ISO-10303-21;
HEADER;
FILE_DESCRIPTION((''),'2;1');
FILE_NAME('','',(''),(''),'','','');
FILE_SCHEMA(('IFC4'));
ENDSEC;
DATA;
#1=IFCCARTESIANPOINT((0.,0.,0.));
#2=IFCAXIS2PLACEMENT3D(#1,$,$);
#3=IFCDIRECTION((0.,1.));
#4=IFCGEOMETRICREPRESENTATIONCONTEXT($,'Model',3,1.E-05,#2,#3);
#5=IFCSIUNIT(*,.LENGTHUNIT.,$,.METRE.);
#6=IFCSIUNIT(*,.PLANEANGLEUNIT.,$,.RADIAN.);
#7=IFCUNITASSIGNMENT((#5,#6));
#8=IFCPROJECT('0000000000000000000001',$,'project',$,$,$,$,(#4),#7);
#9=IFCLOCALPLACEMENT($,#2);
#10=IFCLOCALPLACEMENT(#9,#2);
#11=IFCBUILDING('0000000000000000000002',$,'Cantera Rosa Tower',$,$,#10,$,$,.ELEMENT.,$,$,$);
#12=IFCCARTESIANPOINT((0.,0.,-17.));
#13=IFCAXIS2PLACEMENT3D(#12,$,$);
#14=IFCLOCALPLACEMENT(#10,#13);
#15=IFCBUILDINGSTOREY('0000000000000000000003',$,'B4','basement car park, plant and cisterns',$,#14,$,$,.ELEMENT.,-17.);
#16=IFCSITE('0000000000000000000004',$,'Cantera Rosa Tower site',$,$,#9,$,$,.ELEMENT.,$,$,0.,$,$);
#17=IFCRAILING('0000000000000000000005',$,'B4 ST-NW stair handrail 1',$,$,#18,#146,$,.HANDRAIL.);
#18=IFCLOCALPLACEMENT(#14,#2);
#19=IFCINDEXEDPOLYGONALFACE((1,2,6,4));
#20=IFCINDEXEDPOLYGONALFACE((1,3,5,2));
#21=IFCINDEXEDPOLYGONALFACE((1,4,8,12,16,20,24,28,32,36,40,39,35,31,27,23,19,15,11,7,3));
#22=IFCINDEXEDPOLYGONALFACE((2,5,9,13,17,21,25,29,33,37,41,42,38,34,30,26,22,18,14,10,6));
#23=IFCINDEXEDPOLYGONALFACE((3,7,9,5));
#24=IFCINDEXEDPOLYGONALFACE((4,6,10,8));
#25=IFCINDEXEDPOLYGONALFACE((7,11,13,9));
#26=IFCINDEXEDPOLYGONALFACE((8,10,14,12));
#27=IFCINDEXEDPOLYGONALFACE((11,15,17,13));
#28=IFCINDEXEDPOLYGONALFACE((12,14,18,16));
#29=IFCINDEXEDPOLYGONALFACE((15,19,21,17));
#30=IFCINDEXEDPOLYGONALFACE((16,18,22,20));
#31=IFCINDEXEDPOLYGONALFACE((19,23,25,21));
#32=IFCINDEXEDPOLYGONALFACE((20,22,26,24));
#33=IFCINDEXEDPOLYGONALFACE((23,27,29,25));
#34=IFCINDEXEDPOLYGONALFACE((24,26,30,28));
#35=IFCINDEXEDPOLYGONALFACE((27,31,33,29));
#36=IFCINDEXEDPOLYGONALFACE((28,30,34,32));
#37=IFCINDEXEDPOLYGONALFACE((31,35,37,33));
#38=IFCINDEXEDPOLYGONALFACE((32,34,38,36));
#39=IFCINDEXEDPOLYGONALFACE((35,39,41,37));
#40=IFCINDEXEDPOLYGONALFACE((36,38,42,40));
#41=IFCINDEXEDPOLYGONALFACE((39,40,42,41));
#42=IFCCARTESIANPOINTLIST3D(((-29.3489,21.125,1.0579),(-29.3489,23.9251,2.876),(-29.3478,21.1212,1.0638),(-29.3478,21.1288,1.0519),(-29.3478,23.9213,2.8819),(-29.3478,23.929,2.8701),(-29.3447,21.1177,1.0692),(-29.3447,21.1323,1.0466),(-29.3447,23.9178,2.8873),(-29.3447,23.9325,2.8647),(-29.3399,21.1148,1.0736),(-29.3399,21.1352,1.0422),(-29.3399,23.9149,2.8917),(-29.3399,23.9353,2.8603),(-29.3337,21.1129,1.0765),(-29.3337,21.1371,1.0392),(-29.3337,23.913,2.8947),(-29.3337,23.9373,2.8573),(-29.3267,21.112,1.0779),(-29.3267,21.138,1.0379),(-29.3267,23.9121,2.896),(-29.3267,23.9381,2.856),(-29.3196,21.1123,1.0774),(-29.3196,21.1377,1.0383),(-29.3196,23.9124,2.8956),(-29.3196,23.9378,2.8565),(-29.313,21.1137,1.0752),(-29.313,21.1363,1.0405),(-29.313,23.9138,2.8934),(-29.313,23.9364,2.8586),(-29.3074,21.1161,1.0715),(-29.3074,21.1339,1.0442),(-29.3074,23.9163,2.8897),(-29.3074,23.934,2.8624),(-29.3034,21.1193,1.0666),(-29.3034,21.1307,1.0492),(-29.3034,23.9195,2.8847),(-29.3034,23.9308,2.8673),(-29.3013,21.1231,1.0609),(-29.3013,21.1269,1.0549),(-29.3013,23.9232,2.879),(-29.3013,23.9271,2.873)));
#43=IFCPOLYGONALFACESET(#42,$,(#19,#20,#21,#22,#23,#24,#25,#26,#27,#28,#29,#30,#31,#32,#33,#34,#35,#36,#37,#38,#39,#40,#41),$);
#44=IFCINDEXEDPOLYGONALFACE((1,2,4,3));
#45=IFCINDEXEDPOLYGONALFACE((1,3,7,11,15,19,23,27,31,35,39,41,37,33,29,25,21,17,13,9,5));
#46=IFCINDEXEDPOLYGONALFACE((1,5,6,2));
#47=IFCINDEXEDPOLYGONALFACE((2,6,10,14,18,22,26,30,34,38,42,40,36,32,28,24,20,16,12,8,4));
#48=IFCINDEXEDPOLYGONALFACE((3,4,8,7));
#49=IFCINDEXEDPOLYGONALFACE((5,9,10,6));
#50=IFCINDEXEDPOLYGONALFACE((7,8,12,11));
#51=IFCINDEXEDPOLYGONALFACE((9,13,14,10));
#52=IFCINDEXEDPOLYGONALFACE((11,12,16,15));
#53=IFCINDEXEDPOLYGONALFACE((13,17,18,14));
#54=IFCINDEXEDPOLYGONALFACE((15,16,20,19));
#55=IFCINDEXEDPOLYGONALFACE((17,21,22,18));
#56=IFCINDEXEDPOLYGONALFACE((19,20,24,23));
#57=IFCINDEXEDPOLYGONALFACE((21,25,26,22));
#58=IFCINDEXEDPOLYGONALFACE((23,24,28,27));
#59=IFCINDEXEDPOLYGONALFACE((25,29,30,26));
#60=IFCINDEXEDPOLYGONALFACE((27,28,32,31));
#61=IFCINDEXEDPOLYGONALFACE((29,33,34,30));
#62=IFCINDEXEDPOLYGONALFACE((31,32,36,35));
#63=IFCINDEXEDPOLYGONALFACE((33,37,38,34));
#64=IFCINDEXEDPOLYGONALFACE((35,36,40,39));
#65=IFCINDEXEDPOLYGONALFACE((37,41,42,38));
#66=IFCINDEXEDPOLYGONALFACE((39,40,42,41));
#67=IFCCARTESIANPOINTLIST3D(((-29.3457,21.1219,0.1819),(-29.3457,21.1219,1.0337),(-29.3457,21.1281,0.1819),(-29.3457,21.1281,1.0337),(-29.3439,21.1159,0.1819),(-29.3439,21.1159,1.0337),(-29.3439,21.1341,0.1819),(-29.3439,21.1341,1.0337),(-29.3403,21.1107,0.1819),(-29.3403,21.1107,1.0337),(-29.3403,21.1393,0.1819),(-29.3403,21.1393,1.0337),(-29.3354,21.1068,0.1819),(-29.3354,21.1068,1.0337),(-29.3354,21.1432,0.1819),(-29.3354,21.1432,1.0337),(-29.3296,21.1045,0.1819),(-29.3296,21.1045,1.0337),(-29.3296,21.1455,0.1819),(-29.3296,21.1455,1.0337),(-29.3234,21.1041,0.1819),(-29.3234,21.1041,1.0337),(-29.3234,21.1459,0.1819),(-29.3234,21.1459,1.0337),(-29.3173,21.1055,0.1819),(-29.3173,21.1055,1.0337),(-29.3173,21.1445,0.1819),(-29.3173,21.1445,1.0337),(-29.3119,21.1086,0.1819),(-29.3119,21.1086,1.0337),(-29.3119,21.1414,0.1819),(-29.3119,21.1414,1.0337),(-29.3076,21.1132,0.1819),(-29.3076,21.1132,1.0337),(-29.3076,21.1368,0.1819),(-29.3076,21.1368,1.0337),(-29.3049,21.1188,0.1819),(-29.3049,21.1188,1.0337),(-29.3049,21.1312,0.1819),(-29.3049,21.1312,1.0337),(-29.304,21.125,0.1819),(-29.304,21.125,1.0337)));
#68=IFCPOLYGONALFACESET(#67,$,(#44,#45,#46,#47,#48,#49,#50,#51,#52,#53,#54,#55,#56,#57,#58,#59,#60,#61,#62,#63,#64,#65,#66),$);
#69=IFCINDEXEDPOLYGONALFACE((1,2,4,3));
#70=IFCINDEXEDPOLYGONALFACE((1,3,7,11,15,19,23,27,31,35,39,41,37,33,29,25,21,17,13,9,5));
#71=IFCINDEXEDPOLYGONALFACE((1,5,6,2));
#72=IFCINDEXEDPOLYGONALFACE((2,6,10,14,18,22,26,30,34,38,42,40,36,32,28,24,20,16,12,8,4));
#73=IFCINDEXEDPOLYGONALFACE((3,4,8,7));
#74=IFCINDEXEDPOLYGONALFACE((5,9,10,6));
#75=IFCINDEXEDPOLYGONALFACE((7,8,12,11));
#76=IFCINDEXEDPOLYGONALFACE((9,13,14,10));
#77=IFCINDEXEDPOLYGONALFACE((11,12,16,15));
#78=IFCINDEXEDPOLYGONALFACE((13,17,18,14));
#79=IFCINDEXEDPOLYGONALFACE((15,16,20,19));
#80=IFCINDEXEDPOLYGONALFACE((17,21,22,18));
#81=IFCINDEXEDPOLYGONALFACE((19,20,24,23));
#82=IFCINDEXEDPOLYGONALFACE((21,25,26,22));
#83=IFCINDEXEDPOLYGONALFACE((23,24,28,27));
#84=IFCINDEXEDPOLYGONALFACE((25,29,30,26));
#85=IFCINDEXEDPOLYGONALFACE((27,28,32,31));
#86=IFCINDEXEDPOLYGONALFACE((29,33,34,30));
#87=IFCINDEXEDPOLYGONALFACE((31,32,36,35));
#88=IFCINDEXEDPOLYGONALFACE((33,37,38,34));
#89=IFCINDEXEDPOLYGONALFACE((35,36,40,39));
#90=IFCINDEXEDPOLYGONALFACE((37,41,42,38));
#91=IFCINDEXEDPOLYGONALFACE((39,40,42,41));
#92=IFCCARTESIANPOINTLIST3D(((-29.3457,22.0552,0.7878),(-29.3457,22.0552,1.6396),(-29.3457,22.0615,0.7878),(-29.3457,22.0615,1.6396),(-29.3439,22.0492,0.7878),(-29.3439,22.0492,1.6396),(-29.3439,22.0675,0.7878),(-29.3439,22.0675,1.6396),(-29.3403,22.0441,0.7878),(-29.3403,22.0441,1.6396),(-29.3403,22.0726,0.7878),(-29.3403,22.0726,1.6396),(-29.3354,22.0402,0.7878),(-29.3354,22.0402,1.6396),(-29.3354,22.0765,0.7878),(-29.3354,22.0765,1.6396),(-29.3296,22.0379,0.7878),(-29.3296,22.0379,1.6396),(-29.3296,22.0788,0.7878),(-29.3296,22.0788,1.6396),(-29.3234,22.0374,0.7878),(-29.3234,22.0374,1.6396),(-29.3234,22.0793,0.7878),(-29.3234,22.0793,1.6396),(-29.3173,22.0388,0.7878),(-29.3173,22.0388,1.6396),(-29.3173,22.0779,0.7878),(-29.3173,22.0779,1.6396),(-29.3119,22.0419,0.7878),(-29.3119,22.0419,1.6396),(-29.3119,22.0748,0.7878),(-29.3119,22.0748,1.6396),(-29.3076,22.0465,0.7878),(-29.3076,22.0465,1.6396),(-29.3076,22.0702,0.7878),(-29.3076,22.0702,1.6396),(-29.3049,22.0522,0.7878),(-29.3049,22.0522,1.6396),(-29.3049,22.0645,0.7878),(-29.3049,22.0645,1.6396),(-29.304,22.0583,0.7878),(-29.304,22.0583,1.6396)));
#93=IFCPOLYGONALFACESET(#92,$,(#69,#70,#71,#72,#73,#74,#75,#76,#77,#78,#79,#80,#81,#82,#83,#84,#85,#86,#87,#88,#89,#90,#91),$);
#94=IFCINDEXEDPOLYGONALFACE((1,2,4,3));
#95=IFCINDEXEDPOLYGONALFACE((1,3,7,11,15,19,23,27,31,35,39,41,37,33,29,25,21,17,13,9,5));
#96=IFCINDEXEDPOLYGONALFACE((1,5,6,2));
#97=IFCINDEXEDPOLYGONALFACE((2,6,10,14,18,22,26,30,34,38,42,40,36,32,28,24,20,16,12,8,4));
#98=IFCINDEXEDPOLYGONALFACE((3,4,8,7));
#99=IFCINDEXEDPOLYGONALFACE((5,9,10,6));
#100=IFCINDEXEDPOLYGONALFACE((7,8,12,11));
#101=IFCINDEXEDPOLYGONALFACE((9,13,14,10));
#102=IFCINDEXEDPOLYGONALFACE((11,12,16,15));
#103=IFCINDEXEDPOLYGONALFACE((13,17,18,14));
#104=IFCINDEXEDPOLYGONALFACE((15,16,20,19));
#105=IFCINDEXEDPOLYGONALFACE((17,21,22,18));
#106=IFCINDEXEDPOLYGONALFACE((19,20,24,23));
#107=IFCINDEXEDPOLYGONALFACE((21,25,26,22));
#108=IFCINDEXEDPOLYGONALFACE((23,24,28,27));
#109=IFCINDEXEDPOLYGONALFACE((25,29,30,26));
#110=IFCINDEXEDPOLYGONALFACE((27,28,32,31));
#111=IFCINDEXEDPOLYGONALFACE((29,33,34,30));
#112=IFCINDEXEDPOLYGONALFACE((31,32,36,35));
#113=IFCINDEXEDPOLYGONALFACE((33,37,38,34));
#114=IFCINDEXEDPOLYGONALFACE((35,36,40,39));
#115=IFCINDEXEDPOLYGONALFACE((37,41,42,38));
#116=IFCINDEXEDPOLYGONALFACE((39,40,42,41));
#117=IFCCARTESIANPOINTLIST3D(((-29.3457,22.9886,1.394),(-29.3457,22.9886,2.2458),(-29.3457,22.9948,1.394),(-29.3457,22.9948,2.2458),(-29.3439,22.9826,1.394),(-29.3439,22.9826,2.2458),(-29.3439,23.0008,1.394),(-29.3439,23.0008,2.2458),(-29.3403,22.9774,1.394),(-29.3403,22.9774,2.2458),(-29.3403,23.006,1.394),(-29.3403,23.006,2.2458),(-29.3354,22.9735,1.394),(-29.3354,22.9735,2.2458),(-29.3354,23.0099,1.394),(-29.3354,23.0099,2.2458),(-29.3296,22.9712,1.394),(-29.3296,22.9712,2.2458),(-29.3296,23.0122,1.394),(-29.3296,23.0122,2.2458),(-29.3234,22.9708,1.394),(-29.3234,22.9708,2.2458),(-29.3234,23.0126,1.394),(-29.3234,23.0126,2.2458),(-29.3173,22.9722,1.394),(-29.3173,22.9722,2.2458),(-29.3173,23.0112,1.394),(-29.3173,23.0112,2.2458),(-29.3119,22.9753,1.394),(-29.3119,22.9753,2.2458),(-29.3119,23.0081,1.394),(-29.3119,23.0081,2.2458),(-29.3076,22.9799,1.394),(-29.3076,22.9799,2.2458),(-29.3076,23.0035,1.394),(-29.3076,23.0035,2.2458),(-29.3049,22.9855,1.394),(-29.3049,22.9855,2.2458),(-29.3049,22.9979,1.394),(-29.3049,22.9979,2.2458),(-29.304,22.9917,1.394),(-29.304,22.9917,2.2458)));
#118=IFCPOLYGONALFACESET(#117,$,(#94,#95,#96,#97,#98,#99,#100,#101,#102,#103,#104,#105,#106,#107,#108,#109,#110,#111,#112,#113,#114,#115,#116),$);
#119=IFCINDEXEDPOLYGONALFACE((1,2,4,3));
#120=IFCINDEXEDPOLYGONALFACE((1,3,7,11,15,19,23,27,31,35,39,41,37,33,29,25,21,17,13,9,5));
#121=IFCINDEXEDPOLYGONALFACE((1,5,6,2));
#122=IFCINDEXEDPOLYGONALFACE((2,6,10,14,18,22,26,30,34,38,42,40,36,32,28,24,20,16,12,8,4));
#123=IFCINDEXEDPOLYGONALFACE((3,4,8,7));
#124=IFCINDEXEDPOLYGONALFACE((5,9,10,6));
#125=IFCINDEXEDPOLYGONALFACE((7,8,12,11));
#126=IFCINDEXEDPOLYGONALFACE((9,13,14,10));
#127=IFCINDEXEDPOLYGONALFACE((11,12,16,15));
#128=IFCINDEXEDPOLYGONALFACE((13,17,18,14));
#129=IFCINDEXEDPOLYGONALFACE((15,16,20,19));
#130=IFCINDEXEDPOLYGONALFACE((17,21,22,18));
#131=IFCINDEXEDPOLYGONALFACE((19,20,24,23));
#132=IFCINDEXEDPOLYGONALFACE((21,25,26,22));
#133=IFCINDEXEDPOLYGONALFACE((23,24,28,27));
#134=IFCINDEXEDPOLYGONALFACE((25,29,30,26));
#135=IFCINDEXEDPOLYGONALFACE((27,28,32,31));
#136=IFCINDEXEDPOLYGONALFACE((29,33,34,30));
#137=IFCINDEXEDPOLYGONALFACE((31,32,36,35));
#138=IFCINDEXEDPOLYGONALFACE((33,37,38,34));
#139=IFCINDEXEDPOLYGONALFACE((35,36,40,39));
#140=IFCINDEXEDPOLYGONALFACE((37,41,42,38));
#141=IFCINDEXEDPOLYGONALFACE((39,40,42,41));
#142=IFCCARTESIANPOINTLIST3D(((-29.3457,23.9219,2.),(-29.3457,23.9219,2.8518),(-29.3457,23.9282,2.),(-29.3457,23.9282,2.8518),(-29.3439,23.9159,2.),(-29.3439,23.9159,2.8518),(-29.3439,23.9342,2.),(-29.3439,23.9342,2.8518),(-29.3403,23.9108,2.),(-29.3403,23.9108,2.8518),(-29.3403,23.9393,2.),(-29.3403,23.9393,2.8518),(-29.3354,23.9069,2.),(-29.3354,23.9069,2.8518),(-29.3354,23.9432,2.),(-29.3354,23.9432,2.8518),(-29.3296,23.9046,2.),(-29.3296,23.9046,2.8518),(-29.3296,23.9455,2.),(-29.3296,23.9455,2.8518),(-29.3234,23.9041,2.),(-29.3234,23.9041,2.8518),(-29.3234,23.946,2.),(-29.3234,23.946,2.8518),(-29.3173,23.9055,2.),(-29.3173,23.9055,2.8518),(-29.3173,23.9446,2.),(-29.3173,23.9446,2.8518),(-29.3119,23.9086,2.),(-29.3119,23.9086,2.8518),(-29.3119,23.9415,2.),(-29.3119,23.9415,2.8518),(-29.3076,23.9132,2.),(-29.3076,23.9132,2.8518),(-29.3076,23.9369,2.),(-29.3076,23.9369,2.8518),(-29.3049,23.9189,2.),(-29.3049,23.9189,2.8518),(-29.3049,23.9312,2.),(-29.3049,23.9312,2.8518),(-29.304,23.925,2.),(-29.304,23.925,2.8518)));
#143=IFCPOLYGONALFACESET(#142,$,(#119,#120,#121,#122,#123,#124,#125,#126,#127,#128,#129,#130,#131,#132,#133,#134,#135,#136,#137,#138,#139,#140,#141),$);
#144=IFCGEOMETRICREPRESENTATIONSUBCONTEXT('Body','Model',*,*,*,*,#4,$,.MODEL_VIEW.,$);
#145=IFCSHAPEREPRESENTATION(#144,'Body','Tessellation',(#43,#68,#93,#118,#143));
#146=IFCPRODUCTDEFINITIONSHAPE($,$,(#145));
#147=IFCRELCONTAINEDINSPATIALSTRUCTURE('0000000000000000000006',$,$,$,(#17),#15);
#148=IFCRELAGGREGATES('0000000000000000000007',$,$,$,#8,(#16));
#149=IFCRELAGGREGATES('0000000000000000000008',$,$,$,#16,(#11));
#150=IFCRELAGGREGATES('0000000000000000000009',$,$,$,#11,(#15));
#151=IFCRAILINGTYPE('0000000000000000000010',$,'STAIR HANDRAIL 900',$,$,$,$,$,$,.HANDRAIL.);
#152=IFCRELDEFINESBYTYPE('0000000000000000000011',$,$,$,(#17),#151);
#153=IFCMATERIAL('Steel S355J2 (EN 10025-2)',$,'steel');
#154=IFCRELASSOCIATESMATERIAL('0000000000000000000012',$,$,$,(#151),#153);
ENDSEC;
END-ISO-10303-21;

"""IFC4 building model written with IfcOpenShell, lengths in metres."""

from ifc_helpers import new_model, si_unit, direction, frame, origin, origin_2d, place, context, subcontext, project, spatial, circle, extrude, material, type_object, element, save


model = new_model("IFC4")

# Units and contexts
model_context = context("Model", 3, precision=1e-05, world=origin(), true_north=direction((0.0, 1.0)))
body_context = subcontext(model_context, "Body", "Model", "MODEL_VIEW")
ifc_project = project(units=[si_unit("LENGTHUNIT", "METRE"), si_unit("PLANEANGLEUNIT", "RADIAN")], contexts=[model_context])

# Site, building, storey
site_placement = place(None, origin())
site = spatial("IfcSite", under=ifc_project, at=site_placement, Name="Cantera Rosa Tower site", CompositionType="ELEMENT", RefElevation=0.0)
building_placement = place(site_placement, origin())
building = spatial("IfcBuilding", under=site, at=building_placement, Name="Cantera Rosa Tower", CompositionType="ELEMENT")
storey_placement = place(building_placement, frame((0.0, 0.0, -17.0)))
storey = spatial("IfcBuildingStorey", under=building, at=storey_placement, Name="B4", Description="basement car park, plant and cisterns", CompositionType="ELEMENT", Elevation=-17.0)

# Railing
ifc_material_1 = material(Name="Steel S355J2 (EN 10025-2)", Category="steel")
railing_type_1 = type_object("IfcRailingType", Name="STAIR HANDRAIL 900", PredefinedType="HANDRAIL", material=ifc_material_1)
railing_1_placement = place(storey_placement, frame((-29.325, 21.125, 0.1819)))
element("IfcRailing", 1, at=railing_1_placement, inside=storey, type_object=railing_type_1, Name="B4 ST-NW stair handrail 1", PredefinedType="HANDRAIL", context=body_context, shape_type="SweptSolid", body=[
    extrude(circle(Radius=0.0239, at=origin_2d()), frame((0.0, 0.0, 0.876), z_axis=(0.0, 0.838706, 0.544585), x_axis=(-1.0, 0.0, 0.0)), (0.0, 0.0, 1.0), 3.3386),
    extrude(circle(Radius=0.021, at=origin_2d()), origin(), (0.0, 0.0, 1.0), 0.8518),
    extrude(circle(Radius=0.021, at=origin_2d()), frame((0.0, 0.9333, 0.606)), (0.0, 0.0, 1.0), 0.8518),
    extrude(circle(Radius=0.021, at=origin_2d()), frame((0.0, 1.8667, 1.2122)), (0.0, 0.0, 1.0), 0.8518),
    extrude(circle(Radius=0.021, at=origin_2d()), frame((0.0, 2.8, 1.8181)), (0.0, 0.0, 1.0), 0.8518),
])

save(model, "model.ifc")
